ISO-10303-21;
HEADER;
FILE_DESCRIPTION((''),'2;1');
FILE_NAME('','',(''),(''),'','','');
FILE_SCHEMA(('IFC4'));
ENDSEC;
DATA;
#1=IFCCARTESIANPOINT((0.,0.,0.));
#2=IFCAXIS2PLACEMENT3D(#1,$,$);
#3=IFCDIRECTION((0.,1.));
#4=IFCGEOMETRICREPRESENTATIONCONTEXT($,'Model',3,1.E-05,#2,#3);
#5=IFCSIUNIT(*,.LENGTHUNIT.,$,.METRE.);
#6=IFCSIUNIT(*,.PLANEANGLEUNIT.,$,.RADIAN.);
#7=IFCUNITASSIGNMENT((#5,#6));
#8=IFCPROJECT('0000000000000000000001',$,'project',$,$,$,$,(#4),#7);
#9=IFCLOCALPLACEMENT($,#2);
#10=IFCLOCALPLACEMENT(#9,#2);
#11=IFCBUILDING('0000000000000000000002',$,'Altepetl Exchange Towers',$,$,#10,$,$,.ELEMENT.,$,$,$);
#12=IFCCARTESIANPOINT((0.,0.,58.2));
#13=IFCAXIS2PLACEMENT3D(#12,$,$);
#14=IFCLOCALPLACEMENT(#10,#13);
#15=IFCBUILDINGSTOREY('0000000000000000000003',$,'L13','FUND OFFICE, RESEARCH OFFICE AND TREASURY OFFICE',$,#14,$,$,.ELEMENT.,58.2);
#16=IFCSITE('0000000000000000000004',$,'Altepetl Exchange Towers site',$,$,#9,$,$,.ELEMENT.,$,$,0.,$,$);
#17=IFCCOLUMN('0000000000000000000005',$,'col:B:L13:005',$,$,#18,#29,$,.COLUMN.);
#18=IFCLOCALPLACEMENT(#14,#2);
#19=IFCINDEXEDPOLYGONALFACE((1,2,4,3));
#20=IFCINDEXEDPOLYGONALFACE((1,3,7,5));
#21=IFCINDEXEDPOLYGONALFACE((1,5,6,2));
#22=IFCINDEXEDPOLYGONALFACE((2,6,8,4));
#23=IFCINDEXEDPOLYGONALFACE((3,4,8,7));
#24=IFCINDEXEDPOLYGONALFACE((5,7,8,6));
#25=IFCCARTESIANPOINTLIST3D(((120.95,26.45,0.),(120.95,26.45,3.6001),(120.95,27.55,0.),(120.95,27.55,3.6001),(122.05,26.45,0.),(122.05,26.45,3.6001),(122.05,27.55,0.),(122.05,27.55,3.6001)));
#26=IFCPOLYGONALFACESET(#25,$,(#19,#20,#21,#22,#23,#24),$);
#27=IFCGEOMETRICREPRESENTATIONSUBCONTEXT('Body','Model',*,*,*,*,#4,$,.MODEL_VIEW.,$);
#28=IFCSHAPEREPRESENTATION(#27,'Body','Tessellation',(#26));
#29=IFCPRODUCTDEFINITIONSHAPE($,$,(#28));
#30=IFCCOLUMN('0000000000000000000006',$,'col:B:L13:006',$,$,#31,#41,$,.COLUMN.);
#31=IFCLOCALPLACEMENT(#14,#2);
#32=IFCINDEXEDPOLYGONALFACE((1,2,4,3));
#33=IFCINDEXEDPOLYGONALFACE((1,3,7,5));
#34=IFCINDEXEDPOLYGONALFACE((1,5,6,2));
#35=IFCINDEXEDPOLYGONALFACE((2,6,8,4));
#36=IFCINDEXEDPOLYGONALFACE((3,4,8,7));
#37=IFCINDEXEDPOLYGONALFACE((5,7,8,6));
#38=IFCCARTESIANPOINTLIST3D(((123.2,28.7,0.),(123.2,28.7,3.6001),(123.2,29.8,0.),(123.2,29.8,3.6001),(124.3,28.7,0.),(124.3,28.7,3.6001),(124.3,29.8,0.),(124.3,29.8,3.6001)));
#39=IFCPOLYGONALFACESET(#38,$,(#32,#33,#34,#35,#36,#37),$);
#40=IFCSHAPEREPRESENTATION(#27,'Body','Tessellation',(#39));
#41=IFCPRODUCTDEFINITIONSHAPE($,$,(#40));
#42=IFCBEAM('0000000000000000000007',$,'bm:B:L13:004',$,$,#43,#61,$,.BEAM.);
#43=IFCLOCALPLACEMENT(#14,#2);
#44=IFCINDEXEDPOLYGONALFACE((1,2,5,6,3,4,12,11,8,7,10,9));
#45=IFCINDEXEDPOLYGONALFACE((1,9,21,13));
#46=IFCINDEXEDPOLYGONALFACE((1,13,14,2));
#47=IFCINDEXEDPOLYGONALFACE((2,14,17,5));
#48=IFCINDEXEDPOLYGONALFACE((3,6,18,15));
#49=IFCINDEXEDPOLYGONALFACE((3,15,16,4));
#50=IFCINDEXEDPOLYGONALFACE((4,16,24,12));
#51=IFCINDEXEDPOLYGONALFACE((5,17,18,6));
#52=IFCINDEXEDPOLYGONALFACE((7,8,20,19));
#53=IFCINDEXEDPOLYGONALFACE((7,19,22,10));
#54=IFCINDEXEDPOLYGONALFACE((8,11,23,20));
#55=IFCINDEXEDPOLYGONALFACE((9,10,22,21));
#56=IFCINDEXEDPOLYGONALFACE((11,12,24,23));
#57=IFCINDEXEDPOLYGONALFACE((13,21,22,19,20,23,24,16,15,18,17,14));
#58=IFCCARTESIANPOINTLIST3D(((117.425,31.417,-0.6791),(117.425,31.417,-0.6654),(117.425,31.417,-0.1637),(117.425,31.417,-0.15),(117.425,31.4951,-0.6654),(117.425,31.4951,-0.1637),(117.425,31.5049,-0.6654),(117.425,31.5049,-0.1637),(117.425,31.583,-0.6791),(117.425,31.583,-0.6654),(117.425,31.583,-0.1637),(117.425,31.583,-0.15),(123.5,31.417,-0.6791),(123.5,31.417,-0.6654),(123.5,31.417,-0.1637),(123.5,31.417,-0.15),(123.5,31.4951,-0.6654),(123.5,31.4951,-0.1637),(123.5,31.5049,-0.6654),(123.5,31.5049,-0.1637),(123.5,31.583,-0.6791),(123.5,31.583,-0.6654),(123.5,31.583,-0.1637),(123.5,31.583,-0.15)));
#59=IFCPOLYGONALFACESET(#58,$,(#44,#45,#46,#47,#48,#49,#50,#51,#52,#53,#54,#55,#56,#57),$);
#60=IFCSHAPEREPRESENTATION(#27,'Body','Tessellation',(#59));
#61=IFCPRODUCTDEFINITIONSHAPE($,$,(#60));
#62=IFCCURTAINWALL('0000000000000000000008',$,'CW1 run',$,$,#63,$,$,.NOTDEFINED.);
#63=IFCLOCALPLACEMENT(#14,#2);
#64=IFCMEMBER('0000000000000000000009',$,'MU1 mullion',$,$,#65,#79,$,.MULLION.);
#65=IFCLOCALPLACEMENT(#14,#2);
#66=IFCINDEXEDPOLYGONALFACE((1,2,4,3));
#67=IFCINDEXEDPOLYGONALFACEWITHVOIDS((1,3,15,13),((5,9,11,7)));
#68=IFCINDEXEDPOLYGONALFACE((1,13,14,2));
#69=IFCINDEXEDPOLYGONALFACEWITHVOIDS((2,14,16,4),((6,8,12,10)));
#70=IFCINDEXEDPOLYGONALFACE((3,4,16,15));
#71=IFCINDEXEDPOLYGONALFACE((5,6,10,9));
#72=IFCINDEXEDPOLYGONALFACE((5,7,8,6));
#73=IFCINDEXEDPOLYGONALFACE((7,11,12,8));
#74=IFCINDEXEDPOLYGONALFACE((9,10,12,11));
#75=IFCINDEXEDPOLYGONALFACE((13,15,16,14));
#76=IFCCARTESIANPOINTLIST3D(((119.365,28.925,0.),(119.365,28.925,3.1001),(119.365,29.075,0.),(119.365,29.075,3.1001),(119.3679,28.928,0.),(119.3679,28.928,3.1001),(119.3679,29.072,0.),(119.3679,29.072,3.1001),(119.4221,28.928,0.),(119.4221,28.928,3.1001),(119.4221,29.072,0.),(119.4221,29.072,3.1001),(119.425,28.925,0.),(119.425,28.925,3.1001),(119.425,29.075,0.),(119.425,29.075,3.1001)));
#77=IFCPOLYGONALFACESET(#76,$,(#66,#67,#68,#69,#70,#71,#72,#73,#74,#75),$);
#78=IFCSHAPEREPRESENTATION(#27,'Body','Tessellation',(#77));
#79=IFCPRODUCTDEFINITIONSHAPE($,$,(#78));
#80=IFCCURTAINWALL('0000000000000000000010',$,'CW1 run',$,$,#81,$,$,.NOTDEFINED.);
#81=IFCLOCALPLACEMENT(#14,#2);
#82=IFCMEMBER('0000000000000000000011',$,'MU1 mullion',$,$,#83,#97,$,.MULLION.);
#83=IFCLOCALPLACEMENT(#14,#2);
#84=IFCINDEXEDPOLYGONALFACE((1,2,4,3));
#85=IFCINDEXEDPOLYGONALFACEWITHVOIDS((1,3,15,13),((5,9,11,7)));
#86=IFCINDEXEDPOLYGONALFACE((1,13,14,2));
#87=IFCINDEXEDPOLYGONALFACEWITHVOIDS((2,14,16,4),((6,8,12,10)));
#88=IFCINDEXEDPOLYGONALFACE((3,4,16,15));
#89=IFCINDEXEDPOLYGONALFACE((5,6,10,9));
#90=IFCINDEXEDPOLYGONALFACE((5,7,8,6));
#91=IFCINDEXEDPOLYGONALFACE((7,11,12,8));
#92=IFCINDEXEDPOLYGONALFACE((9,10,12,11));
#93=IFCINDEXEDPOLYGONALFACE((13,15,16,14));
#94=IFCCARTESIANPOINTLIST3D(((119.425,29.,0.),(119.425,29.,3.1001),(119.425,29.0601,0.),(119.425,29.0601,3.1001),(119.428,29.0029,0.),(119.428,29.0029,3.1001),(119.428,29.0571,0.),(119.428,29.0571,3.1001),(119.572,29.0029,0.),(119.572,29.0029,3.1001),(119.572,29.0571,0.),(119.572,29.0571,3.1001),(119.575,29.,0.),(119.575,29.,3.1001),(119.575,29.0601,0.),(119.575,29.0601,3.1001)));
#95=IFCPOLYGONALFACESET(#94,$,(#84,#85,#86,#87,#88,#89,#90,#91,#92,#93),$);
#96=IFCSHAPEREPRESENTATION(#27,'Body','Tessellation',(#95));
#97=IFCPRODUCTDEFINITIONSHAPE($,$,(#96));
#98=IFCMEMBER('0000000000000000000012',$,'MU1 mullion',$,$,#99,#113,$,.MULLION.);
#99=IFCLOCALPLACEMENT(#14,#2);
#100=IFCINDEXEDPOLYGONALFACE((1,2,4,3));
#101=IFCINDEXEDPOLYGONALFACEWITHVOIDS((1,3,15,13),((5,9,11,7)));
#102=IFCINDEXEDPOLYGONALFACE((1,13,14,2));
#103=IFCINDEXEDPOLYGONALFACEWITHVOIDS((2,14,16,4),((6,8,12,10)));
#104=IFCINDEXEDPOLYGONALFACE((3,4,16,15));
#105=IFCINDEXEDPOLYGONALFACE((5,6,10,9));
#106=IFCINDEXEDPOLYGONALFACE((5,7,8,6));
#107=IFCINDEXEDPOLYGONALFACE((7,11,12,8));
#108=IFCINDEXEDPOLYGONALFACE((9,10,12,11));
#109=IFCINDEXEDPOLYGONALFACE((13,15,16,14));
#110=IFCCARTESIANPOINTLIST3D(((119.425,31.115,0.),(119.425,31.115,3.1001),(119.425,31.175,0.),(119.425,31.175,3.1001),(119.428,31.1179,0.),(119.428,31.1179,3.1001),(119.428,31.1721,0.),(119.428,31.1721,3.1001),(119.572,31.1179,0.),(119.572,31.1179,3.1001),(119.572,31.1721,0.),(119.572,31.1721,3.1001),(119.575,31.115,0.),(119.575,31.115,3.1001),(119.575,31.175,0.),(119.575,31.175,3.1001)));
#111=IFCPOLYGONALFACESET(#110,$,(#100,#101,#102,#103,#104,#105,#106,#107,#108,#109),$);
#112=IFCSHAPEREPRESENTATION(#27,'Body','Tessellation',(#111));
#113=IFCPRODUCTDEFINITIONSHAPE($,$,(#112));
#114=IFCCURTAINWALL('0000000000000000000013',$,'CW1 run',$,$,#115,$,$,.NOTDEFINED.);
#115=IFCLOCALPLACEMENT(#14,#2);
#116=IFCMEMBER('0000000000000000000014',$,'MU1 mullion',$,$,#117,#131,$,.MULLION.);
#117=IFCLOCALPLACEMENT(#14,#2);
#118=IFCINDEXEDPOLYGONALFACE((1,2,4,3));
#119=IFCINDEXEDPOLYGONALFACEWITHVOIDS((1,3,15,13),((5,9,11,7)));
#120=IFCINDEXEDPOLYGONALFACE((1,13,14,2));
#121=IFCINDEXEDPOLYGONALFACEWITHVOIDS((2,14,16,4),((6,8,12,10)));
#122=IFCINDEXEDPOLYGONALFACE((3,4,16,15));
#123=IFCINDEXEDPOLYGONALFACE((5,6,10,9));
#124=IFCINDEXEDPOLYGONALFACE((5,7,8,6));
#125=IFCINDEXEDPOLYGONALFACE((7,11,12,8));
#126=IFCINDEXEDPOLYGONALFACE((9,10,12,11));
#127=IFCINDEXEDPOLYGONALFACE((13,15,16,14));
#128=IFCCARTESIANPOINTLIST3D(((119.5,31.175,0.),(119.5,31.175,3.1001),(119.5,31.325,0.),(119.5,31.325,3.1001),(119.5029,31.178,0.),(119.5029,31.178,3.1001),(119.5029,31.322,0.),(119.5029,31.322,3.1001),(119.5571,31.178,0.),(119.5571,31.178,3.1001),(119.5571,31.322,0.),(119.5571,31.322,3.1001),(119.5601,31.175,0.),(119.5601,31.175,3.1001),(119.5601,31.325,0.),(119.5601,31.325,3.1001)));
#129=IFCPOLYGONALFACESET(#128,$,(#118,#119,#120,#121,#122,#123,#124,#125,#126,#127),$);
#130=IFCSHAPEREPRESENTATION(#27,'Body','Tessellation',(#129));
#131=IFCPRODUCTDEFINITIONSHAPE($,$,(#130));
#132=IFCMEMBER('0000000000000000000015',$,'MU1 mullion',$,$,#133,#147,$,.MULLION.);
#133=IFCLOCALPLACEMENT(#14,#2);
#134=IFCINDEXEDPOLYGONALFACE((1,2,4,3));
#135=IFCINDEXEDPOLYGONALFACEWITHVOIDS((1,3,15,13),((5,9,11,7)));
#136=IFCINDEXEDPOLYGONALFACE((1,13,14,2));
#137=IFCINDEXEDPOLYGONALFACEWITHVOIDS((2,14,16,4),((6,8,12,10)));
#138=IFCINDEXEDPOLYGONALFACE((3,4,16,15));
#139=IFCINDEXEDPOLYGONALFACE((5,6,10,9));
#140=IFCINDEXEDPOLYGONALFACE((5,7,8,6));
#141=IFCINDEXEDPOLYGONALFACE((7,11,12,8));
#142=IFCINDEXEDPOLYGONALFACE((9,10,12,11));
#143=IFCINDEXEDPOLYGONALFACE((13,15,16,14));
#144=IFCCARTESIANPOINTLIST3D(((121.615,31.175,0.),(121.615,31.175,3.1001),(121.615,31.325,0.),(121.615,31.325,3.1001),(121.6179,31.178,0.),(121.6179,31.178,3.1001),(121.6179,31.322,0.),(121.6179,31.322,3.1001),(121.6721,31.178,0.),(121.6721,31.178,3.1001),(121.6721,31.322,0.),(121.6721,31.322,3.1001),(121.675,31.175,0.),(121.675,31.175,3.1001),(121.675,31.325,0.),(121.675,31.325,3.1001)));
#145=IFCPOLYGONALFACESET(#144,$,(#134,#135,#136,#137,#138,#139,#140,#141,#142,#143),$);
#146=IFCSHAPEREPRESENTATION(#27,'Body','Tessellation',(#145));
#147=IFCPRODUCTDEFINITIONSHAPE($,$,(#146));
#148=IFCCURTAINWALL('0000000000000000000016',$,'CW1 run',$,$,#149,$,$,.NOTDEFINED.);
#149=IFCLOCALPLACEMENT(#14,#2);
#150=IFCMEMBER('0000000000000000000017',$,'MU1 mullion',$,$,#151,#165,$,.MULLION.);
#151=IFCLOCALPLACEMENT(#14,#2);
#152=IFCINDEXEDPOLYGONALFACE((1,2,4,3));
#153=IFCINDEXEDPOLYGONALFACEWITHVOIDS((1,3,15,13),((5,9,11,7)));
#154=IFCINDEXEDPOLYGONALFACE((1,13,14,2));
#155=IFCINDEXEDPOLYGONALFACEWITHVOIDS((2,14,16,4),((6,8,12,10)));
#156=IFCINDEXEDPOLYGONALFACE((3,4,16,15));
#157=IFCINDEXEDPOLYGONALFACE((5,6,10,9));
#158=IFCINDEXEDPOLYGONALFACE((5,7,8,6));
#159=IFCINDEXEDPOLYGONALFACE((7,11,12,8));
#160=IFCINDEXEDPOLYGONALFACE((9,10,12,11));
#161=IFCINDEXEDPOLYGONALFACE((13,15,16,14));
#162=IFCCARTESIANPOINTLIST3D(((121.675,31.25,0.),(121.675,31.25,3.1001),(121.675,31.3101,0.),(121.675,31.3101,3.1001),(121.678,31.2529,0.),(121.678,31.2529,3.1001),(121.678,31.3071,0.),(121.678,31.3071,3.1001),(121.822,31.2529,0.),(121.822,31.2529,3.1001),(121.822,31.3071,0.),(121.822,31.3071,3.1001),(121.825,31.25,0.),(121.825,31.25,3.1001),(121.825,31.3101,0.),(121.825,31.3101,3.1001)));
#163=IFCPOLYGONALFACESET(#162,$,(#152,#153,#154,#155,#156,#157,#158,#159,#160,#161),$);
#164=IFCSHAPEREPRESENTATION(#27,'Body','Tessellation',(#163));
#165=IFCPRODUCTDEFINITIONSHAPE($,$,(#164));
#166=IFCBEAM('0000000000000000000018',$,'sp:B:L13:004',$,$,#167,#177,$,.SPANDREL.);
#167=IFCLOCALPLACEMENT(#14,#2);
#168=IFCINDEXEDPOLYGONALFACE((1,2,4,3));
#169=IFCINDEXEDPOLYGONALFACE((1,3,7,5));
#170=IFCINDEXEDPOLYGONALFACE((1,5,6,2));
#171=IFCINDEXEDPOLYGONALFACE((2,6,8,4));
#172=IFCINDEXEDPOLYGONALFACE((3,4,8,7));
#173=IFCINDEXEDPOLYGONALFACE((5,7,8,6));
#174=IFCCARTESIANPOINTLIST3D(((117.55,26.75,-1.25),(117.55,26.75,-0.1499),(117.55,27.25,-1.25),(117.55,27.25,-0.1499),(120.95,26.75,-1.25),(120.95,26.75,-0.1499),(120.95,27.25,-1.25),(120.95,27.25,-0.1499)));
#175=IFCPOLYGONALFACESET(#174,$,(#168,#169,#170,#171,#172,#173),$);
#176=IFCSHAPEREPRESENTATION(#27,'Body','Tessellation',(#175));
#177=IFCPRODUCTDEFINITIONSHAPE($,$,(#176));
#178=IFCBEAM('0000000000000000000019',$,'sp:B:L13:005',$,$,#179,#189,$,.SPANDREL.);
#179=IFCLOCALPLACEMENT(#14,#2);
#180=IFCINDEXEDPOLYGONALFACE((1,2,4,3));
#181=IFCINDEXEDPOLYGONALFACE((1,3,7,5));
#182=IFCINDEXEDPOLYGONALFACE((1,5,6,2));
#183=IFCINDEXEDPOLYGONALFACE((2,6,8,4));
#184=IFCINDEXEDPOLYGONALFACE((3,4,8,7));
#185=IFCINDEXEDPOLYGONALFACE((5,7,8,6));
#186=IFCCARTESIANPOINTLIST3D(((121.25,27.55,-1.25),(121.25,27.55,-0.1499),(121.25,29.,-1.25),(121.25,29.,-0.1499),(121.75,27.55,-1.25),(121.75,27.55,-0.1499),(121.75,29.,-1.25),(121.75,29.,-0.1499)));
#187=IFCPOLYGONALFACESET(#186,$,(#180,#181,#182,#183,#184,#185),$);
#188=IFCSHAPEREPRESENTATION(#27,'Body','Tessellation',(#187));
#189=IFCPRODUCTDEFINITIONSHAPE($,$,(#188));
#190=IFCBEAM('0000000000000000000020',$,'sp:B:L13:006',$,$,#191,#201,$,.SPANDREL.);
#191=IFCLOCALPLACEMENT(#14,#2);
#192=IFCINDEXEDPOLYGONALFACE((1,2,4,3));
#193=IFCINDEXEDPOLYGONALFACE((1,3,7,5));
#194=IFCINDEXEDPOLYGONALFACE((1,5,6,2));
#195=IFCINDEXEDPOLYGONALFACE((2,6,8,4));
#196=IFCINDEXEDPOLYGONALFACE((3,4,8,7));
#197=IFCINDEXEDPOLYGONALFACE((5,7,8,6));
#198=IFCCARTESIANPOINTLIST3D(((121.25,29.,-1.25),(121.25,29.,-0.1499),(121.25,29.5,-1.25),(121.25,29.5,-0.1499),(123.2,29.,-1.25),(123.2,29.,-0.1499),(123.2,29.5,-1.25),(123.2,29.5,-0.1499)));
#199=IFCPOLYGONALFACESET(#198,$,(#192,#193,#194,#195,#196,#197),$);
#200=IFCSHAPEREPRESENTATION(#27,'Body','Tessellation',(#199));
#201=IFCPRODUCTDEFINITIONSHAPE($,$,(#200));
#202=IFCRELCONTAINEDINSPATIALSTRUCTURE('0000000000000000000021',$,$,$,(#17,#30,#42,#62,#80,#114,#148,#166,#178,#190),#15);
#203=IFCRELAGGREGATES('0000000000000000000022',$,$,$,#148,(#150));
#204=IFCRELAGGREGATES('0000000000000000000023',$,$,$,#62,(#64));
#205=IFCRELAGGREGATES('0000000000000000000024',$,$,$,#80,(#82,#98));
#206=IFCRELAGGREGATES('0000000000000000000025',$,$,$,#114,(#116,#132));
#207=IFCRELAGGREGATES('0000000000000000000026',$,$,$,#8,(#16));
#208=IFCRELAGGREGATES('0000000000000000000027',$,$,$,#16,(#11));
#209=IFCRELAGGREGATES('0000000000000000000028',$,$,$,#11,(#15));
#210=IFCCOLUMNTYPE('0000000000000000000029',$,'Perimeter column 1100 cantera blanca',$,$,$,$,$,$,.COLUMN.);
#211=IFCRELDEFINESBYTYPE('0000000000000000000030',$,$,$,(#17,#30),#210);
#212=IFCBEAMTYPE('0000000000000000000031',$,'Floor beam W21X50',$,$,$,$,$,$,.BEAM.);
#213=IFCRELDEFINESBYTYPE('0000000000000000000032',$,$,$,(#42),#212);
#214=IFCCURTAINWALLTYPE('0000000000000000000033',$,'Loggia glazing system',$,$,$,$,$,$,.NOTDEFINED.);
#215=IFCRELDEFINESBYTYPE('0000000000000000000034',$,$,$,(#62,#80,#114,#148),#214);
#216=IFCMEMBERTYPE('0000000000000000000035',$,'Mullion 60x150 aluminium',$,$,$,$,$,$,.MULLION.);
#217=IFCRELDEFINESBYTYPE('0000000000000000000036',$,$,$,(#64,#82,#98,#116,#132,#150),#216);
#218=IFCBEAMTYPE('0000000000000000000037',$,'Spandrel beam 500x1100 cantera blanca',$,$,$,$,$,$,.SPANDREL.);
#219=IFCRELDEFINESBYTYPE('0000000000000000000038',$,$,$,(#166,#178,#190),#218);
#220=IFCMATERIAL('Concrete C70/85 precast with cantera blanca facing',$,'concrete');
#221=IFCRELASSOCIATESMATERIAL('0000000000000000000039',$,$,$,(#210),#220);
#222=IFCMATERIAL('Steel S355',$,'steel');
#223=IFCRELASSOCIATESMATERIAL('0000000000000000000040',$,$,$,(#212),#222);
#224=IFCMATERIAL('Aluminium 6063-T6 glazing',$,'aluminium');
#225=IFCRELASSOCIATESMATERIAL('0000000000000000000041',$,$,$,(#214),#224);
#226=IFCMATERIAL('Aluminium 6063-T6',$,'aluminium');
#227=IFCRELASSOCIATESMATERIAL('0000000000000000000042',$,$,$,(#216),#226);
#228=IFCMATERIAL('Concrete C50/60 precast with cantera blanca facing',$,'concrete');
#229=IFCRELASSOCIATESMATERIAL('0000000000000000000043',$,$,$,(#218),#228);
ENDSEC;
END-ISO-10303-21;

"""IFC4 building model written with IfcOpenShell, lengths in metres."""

from ifc_helpers import new_model, si_unit, direction, frame, origin, origin_2d, place, context, subcontext, project, spatial, rectangle, hollow_rectangle, i_section, extrude, material, material_profile, profile_set, type_object, element, aggregate, save


model = new_model("IFC4")

# Units and contexts
model_context = context("Model", 3, precision=1e-05, world=origin(), true_north=direction((0.0, 1.0)))
body_context = subcontext(model_context, "Body", "Model", "MODEL_VIEW")
ifc_project = project(units=[si_unit("LENGTHUNIT", "METRE"), si_unit("PLANEANGLEUNIT", "RADIAN")], contexts=[model_context])

# Site, building, storey
site_placement = place(None, origin())
site = spatial("IfcSite", under=ifc_project, at=site_placement, Name="Altepetl Exchange Towers site", CompositionType="ELEMENT", RefElevation=0.0)
building_placement = place(site_placement, origin())
building = spatial("IfcBuilding", under=site, at=building_placement, Name="Altepetl Exchange Towers", CompositionType="ELEMENT")
storey_placement = place(building_placement, frame((0.0, 0.0, 58.2)))
storey = spatial("IfcBuildingStorey", under=building, at=storey_placement, Name="L13", Description="FUND OFFICE, RESEARCH OFFICE AND TREASURY OFFICE", CompositionType="ELEMENT", Elevation=58.2)

# Columns
ifc_material_1 = material(Name="Concrete C70/85 precast with cantera blanca facing", Category="concrete")
ifc_material_profile_1 = material_profile(ifc_material_1, rectangle(XDim=1.1001, YDim=1.1001, at=origin_2d()), Name="1100 x 1100")
ifc_profile_set_1 = profile_set([ifc_material_profile_1], Name="Concrete C70/85 precast with cantera blanca facing")
column_type = type_object("IfcColumnType", Name="Perimeter column 1100 cantera blanca", PredefinedType="COLUMN", material=ifc_profile_set_1)
for number, where, name in (
    (1, (121.5, 27.0, 0.0), "col:B:L13:005"),
    (2, (123.75, 29.25, 0.0), "col:B:L13:006"),
):
    element("IfcColumn", number, at=place(storey_placement, frame(where)), inside=storey, type_object=column_type, Name=name, PredefinedType="COLUMN", context=body_context, shape_type="SweptSolid", body=[
        extrude(rectangle(XDim=1.1001, YDim=1.1001, at=origin_2d()), origin(), (0.0, 0.0, 1.0), 3.6001),
    ])

# Beam
ifc_material_2 = material(Name="Steel S355", Category="steel")
ifc_material_profile_2 = material_profile(ifc_material_2, i_section(OverallWidth=0.166, OverallDepth=0.5291, WebThickness=0.0098, FlangeThickness=0.0137, at=origin_2d()), Name="W21X50")
ifc_profile_set_2 = profile_set([ifc_material_profile_2], Name="Steel S355")
beam_type_1 = type_object("IfcBeamType", Name="Floor beam W21X50", PredefinedType="BEAM", material=ifc_profile_set_2)
beam_1_placement = place(storey_placement, frame((117.425, 31.5, -0.4146), z_axis=(1.0, 0.0, 0.0), x_axis=(0.0, 1.0, 0.0)))
element("IfcBeam", 3, at=beam_1_placement, inside=storey, type_object=beam_type_1, Name="bm:B:L13:004", PredefinedType="BEAM", context=body_context, shape_type="SweptSolid", body=[
    extrude(i_section(OverallWidth=0.166, OverallDepth=0.5291, WebThickness=0.0098, FlangeThickness=0.0137, at=origin_2d()), origin(), (0.0, 0.0, 1.0), 6.075),
])

# Curtain wall, member
ifc_material_3 = material(Name="Aluminium 6063-T6 glazing", Category="aluminium")
curtain_wall_type = type_object("IfcCurtainWallType", Name="Loggia glazing system", PredefinedType="NOTDEFINED", material=ifc_material_3)
curtain_wall_1_placement = place(storey_placement, origin())
curtain_wall_1 = element("IfcCurtainWall", 4, at=curtain_wall_1_placement, inside=storey, type_object=curtain_wall_type, Name="CW1 run", PredefinedType="NOTDEFINED")
ifc_material_4 = material(Name="Aluminium 6063-T6", Category="aluminium")
ifc_material_profile_3 = material_profile(ifc_material_4, hollow_rectangle(XDim=0.0601, YDim=0.1499, WallThickness=0.0029, at=origin_2d()), Name="Mullion 60x150 aluminium")
ifc_profile_set_3 = profile_set([ifc_material_profile_3], Name="Aluminium 6063-T6")
member_type = type_object("IfcMemberType", Name="Mullion 60x150 aluminium", PredefinedType="MULLION", material=ifc_profile_set_3)
member_1_placement = place(storey_placement, frame((119.395, 29.0, 0.0)))
member_1 = element("IfcMember", 5, at=member_1_placement, type_object=member_type, Name="MU1 mullion", PredefinedType="MULLION", context=body_context, shape_type="SweptSolid", body=[
    extrude(hollow_rectangle(XDim=0.0601, YDim=0.1499, WallThickness=0.0029, at=origin_2d()), origin(), (0.0, 0.0, 1.0), 3.1001),
])

# Curtain walls, members
curtain_wall_2_placement = place(storey_placement, origin())
curtain_wall_2 = element("IfcCurtainWall", 6, at=curtain_wall_2_placement, inside=storey, type_object=curtain_wall_type, Name="CW1 run", PredefinedType="NOTDEFINED")
member_2_placement = place(storey_placement, frame((119.5, 29.03, 0.0), z_axis=(0.0, 0.0, 1.0), x_axis=(0.0, 1.0, 0.0)))
member_2 = element("IfcMember", 7, at=member_2_placement, type_object=member_type, Name="MU1 mullion", PredefinedType="MULLION", context=body_context, shape_type="SweptSolid", body=[
    extrude(hollow_rectangle(XDim=0.0601, YDim=0.1499, WallThickness=0.0029, at=origin_2d()), origin(), (0.0, 0.0, 1.0), 3.1001),
])
member_3_placement = place(storey_placement, frame((119.5, 31.145, 0.0), z_axis=(0.0, 0.0, 1.0), x_axis=(0.0, 1.0, 0.0)))
member_3 = element("IfcMember", 8, at=member_3_placement, type_object=member_type, Name="MU1 mullion", PredefinedType="MULLION", context=body_context, shape_type="SweptSolid", body=[
    extrude(hollow_rectangle(XDim=0.0601, YDim=0.1499, WallThickness=0.0029, at=origin_2d()), origin(), (0.0, 0.0, 1.0), 3.1001),
])
curtain_wall_3_placement = place(storey_placement, origin())
curtain_wall_3 = element("IfcCurtainWall", 9, at=curtain_wall_3_placement, inside=storey, type_object=curtain_wall_type, Name="CW1 run", PredefinedType="NOTDEFINED")
member_4_placement = place(storey_placement, frame((119.53, 31.25, 0.0)))
member_4 = element("IfcMember", 10, at=member_4_placement, type_object=member_type, Name="MU1 mullion", PredefinedType="MULLION", context=body_context, shape_type="SweptSolid", body=[
    extrude(hollow_rectangle(XDim=0.0601, YDim=0.1499, WallThickness=0.0029, at=origin_2d()), origin(), (0.0, 0.0, 1.0), 3.1001),
])
member_5_placement = place(storey_placement, frame((121.645, 31.25, 0.0)))
member_5 = element("IfcMember", 11, at=member_5_placement, type_object=member_type, Name="MU1 mullion", PredefinedType="MULLION", context=body_context, shape_type="SweptSolid", body=[
    extrude(hollow_rectangle(XDim=0.0601, YDim=0.1499, WallThickness=0.0029, at=origin_2d()), origin(), (0.0, 0.0, 1.0), 3.1001),
])

# Curtain wall, member
curtain_wall_4_placement = place(storey_placement, origin())
curtain_wall_4 = element("IfcCurtainWall", 12, at=curtain_wall_4_placement, inside=storey, type_object=curtain_wall_type, Name="CW1 run", PredefinedType="NOTDEFINED")
member_6_placement = place(storey_placement, frame((121.75, 31.28, 0.0), z_axis=(0.0, 0.0, 1.0), x_axis=(0.0, 1.0, 0.0)))
member_6 = element("IfcMember", 13, at=member_6_placement, type_object=member_type, Name="MU1 mullion", PredefinedType="MULLION", context=body_context, shape_type="SweptSolid", body=[
    extrude(hollow_rectangle(XDim=0.0601, YDim=0.1499, WallThickness=0.0029, at=origin_2d()), origin(), (0.0, 0.0, 1.0), 3.1001),
])
aggregate(curtain_wall_4, [member_6])

# Beams
ifc_material_5 = material(Name="Concrete C50/60 precast with cantera blanca facing", Category="concrete")
ifc_material_profile_4 = material_profile(ifc_material_5, rectangle(XDim=0.5, YDim=1.1001, at=origin_2d()), Name="500 x 1100")
ifc_profile_set_4 = profile_set([ifc_material_profile_4], Name="Concrete C50/60 precast with cantera blanca facing")
beam_type_2 = type_object("IfcBeamType", Name="Spandrel beam 500x1100 cantera blanca", PredefinedType="SPANDREL", material=ifc_profile_set_4)
beam_2_placement = place(storey_placement, frame((117.55, 27.0, -0.7), z_axis=(1.0, 0.0, 0.0), x_axis=(0.0, 1.0, 0.0)))
element("IfcBeam", 14, at=beam_2_placement, inside=storey, type_object=beam_type_2, Name="sp:B:L13:004", PredefinedType="SPANDREL", context=body_context, shape_type="SweptSolid", body=[
    extrude(rectangle(XDim=0.5, YDim=1.1001, at=origin_2d()), origin(), (0.0, 0.0, 1.0), 3.3999),
])
beam_3_placement = place(storey_placement, frame((121.5, 27.55, -0.7), z_axis=(0.0, 1.0, 0.0), x_axis=(-1.0, 0.0, 0.0)))
element("IfcBeam", 15, at=beam_3_placement, inside=storey, type_object=beam_type_2, Name="sp:B:L13:005", PredefinedType="SPANDREL", context=body_context, shape_type="SweptSolid", body=[
    extrude(rectangle(XDim=0.5, YDim=1.1001, at=origin_2d()), origin(), (0.0, 0.0, 1.0), 1.45),
])
beam_4_placement = place(storey_placement, frame((121.25, 29.25, -0.7), z_axis=(1.0, 0.0, 0.0), x_axis=(0.0, 1.0, 0.0)))
element("IfcBeam", 16, at=beam_4_placement, inside=storey, type_object=beam_type_2, Name="sp:B:L13:006", PredefinedType="SPANDREL", context=body_context, shape_type="SweptSolid", body=[
    extrude(rectangle(XDim=0.5, YDim=1.1001, at=origin_2d()), origin(), (0.0, 0.0, 1.0), 1.95),
])

aggregate(curtain_wall_1, [member_1])
aggregate(curtain_wall_2, [member_2, member_3])
aggregate(curtain_wall_3, [member_4, member_5])

save(model, "model.ifc")
